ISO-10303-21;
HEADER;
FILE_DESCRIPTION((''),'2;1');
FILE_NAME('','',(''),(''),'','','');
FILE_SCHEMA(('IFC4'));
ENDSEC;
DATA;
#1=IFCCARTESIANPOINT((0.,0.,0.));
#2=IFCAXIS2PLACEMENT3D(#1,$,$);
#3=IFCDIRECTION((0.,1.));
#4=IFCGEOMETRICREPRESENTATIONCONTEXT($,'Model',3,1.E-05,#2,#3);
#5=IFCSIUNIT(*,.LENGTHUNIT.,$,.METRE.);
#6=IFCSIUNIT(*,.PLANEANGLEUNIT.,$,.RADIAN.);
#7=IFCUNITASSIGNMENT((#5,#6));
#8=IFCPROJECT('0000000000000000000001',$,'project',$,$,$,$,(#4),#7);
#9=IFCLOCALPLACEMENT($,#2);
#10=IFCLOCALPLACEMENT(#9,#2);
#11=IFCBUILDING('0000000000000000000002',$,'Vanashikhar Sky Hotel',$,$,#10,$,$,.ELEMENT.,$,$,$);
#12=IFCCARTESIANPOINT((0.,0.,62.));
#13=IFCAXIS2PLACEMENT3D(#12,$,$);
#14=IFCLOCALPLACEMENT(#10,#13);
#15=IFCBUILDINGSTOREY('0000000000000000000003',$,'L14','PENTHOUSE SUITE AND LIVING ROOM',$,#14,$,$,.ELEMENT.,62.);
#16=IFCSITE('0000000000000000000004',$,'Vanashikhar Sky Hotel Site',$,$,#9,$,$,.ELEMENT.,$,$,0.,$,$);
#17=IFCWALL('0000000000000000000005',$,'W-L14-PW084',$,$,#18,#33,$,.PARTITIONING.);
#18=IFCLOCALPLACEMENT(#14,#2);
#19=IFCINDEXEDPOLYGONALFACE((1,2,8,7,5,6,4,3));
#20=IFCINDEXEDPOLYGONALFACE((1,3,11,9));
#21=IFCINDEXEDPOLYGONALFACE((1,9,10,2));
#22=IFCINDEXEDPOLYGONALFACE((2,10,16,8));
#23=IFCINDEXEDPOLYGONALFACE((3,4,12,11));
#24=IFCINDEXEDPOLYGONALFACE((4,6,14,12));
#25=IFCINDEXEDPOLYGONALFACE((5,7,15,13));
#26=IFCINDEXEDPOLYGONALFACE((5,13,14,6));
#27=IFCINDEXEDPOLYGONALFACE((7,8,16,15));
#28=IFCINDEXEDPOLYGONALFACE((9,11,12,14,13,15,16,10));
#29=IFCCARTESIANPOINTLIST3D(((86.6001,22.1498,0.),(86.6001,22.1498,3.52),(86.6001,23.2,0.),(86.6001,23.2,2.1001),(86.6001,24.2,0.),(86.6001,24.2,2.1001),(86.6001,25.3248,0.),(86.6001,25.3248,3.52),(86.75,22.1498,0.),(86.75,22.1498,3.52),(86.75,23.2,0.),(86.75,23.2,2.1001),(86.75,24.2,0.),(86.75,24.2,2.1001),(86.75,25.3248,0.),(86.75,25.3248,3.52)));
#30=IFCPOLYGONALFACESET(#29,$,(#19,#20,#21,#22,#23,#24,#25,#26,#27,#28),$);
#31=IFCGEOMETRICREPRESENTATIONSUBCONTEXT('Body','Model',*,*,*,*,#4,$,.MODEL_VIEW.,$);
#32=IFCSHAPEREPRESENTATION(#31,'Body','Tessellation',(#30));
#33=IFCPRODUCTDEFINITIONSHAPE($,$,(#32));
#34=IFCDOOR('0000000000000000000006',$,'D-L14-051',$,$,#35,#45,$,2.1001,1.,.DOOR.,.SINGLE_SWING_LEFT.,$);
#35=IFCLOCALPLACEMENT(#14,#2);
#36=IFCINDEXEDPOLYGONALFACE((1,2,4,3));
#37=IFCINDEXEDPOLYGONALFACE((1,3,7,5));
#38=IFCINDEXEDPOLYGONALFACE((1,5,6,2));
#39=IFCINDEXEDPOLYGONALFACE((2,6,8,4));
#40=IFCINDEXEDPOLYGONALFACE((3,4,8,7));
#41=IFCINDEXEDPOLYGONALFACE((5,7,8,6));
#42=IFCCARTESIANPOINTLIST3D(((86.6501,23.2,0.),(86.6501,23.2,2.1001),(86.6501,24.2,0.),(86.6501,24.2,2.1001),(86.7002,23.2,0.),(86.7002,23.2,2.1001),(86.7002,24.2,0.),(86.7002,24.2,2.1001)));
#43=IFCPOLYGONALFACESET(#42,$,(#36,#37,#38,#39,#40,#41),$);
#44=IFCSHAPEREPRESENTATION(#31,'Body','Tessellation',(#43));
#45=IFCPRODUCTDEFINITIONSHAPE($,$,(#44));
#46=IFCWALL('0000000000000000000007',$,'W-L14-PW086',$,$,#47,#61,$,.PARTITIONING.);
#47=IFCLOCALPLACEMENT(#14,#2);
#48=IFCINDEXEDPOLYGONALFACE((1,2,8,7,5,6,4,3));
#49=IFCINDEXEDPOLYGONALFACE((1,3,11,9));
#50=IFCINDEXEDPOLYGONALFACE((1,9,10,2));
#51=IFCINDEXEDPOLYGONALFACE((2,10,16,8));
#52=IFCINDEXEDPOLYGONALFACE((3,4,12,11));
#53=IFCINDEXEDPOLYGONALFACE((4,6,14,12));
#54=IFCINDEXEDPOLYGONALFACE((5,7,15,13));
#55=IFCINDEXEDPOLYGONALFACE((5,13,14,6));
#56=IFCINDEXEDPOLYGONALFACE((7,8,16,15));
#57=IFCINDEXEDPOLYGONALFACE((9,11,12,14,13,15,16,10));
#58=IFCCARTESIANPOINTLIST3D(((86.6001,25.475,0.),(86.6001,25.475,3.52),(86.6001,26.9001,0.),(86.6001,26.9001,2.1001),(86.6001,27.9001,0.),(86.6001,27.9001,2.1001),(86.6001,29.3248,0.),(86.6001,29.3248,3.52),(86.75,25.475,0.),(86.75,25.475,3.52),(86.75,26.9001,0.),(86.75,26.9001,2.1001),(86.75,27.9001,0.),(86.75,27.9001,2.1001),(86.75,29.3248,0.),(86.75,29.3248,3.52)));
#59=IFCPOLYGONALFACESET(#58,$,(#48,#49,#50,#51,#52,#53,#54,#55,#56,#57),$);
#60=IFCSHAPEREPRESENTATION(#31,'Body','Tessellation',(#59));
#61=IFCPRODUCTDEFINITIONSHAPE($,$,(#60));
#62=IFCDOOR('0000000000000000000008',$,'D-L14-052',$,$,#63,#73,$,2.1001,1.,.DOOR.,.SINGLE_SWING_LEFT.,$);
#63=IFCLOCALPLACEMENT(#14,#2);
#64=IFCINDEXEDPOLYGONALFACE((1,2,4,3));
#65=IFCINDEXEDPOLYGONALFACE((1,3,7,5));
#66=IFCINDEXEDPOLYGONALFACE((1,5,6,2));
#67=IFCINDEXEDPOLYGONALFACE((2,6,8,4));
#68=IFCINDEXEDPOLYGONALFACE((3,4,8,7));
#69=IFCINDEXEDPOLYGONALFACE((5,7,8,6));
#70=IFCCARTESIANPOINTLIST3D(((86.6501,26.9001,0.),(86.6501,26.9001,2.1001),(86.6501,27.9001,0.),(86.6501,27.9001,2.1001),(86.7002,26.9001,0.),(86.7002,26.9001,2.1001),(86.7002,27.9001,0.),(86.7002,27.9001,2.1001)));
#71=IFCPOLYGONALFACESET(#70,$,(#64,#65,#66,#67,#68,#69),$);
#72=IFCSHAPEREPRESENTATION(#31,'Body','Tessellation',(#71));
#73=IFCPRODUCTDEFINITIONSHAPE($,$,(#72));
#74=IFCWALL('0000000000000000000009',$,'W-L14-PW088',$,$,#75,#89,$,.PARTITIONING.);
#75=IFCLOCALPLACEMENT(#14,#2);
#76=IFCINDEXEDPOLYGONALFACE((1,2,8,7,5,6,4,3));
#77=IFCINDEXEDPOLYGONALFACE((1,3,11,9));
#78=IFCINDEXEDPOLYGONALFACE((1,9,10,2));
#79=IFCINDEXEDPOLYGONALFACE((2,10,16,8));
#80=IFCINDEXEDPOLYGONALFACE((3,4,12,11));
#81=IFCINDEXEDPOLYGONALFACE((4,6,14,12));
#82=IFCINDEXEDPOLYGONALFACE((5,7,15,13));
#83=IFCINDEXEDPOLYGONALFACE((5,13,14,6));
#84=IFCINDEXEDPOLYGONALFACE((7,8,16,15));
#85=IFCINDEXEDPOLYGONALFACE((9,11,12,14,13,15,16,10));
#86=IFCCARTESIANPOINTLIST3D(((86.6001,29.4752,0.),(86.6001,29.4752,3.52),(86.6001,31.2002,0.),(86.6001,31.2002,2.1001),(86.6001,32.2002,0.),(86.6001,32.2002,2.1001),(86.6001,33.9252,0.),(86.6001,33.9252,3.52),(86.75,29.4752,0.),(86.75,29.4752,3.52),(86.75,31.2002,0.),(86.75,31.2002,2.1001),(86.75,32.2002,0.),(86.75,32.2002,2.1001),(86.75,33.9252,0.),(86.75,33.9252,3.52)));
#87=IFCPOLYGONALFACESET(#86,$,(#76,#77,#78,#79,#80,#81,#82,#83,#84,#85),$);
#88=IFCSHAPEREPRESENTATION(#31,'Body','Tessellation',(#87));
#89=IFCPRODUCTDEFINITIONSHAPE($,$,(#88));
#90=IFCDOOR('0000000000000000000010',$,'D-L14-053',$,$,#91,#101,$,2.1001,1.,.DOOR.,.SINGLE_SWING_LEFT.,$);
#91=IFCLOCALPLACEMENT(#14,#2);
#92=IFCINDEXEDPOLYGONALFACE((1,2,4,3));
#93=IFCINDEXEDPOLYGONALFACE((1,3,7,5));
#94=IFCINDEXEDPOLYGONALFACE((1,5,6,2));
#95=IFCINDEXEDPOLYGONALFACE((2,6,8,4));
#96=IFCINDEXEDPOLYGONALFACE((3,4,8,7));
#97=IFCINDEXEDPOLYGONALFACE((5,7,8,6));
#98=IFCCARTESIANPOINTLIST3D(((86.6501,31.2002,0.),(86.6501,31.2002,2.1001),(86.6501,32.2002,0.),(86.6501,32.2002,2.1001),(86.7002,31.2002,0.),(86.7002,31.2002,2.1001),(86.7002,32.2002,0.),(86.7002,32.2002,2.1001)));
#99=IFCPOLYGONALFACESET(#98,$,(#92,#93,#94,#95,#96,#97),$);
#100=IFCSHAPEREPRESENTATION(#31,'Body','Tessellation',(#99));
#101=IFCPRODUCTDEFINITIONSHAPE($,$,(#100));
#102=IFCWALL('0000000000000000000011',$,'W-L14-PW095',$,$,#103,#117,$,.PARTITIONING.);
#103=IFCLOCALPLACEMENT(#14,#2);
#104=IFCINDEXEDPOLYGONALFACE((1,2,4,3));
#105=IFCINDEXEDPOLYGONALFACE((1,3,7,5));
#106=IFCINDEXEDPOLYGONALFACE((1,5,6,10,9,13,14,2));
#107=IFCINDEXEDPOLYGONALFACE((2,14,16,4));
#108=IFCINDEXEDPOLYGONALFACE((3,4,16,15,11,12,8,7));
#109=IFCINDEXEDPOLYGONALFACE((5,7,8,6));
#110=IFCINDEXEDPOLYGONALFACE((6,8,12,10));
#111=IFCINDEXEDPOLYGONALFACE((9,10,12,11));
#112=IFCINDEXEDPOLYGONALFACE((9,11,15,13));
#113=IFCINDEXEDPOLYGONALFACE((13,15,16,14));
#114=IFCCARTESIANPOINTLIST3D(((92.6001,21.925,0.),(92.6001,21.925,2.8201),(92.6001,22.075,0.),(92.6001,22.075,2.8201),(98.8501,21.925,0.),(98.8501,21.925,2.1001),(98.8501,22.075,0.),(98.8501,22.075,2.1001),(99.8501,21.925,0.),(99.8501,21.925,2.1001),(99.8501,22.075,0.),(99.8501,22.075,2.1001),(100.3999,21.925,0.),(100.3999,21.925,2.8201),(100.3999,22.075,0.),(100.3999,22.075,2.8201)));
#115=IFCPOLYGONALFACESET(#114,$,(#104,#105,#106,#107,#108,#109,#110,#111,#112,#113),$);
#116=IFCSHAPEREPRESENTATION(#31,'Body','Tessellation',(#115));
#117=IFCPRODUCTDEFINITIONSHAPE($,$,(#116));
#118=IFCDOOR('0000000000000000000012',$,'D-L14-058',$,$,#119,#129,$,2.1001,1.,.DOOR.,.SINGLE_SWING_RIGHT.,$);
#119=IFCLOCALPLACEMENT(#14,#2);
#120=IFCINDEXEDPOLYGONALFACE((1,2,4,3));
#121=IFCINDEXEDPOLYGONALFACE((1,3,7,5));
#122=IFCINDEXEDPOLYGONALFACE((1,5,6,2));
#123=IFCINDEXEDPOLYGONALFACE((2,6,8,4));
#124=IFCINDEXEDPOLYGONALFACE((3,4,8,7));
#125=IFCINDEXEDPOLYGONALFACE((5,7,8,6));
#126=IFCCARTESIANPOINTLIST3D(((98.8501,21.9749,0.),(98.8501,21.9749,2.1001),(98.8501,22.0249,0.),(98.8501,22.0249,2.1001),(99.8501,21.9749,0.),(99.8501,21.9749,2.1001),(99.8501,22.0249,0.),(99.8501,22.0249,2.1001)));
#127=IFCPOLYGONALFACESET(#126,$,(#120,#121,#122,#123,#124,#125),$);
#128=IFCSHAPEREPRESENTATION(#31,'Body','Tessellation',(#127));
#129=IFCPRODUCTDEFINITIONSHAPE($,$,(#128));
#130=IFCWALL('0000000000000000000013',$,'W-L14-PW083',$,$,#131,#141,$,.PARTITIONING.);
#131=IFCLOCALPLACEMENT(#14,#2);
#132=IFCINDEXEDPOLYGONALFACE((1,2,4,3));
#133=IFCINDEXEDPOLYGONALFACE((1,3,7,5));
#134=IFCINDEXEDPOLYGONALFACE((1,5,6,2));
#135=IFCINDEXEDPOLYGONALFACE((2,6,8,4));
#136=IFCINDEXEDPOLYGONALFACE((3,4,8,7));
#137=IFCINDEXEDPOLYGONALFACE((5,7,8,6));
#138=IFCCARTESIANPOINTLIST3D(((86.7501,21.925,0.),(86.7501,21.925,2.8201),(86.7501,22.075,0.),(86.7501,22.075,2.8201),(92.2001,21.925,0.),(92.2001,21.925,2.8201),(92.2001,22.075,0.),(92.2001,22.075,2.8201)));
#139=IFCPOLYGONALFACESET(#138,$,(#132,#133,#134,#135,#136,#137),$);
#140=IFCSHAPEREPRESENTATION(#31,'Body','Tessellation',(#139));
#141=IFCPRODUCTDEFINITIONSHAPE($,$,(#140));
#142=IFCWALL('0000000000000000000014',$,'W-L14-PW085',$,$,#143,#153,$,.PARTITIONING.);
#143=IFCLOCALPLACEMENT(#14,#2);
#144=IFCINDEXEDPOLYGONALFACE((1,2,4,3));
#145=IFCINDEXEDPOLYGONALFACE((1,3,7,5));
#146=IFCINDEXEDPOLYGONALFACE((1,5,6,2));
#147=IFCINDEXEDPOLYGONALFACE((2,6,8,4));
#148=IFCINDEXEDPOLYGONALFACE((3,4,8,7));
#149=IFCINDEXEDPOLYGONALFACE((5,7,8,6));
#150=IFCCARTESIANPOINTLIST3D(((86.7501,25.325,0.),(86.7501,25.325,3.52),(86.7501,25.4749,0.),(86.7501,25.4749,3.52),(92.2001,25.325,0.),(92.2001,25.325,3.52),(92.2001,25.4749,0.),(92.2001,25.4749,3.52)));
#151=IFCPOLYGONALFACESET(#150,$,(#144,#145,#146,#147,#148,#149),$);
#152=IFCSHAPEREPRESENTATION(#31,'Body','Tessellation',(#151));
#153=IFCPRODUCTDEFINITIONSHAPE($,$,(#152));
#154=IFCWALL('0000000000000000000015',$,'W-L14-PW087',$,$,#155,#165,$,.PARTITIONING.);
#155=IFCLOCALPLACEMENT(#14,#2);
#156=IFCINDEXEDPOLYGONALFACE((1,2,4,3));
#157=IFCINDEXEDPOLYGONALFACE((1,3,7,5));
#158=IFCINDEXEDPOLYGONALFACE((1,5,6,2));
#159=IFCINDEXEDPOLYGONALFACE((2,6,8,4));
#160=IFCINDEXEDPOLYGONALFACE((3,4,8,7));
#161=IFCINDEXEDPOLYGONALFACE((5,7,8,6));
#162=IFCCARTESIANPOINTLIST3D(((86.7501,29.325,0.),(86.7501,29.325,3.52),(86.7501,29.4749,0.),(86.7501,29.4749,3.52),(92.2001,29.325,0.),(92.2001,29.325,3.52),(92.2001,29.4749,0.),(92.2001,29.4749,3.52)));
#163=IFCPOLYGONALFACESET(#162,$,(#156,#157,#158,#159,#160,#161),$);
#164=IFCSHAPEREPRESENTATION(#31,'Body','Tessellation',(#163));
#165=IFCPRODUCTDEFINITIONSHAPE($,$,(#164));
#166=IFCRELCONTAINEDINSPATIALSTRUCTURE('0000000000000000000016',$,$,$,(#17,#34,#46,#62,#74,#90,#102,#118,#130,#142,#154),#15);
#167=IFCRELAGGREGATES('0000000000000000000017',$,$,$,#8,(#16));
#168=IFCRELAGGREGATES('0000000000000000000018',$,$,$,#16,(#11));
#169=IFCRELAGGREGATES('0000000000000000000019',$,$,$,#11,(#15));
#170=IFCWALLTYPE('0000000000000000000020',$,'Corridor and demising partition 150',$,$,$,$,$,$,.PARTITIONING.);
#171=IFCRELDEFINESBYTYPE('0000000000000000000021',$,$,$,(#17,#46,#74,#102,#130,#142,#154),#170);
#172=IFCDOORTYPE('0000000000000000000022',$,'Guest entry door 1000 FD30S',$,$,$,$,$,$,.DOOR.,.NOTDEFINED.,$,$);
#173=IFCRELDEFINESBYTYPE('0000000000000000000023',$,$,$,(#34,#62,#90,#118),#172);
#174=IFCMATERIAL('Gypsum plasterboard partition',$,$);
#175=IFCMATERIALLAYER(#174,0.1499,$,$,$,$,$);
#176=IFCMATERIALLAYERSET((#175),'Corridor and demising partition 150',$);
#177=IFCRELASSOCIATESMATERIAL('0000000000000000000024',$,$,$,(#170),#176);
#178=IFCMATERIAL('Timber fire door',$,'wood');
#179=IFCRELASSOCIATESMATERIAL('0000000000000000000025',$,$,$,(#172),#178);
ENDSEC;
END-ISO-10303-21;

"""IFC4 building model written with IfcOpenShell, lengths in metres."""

from ifc_helpers import new_model, si_unit, direction, frame, frame_2d, origin, place, context, subcontext, project, spatial, rectangle, extrude, source, transform, mapped, material, layer, layer_set, type_object, element, fill, save


model = new_model("IFC4")

# Units and contexts
model_context = context("Model", 3, precision=1e-05, world=origin(), true_north=direction((0.0, 1.0)))
body_context = subcontext(model_context, "Body", "Model", "MODEL_VIEW")
ifc_project = project(units=[si_unit("LENGTHUNIT", "METRE"), si_unit("PLANEANGLEUNIT", "RADIAN")], contexts=[model_context])

# Site, building, storey
site_placement = place(None, origin())
site = spatial("IfcSite", under=ifc_project, at=site_placement, Name="Vanashikhar Sky Hotel Site", CompositionType="ELEMENT", RefElevation=0.0)
building_placement = place(site_placement, origin())
building = spatial("IfcBuilding", under=site, at=building_placement, Name="Vanashikhar Sky Hotel", CompositionType="ELEMENT")
storey_placement = place(building_placement, frame((0.0, 0.0, 62.0)))
storey = spatial("IfcBuildingStorey", under=building, at=storey_placement, Name="L14", Description="PENTHOUSE SUITE AND LIVING ROOM", CompositionType="ELEMENT", Elevation=62.0)

# Walls, openings, doors
ifc_material_1 = material(Name="Gypsum plasterboard partition")
ifc_layer_1 = layer(ifc_material_1, 0.1499)
ifc_layer_set_1 = layer_set([ifc_layer_1], Name="Corridor and demising partition 150")
wall_type_1 = type_object("IfcWallType", Name="Corridor and demising partition 150", PredefinedType="PARTITIONING", material=ifc_layer_set_1)
shared_shape_1 = source(origin(), body_context, "Body", "SweptSolid", [
    extrude(rectangle(XDim=3.175, YDim=0.1499, at=frame_2d((1.5874, 0.0))), origin(), (0.0, 0.0, 1.0), 3.52),
])
wall_1_placement = place(storey_placement, frame((86.675, 22.1499, 0.0), z_axis=(0.0, 0.0, 1.0), x_axis=(0.0, 1.0, 0.0)))
wall_1 = element("IfcWall", 1, at=wall_1_placement, inside=storey, type_object=wall_type_1, Name="W-L14-PW084", PredefinedType="PARTITIONING", context=body_context, shape_type="MappedRepresentation", body=[
    mapped(shared_shape_1, transform((0.0, 0.0, 0.0), scale=1.0)),
])
shared_shape_2 = source(origin(), body_context, "Body", "SweptSolid", [
    extrude(rectangle(XDim=1.0, YDim=2.1001, at=frame_2d((0.5, 1.05))), frame((0.0, 0.085, 0.0), z_axis=(0.0, -1.0, 0.0), x_axis=(1.0, 0.0, 0.0)), (0.0, 0.0, 1.0), 0.1699),
])
opening_1_placement = place(wall_1_placement, frame((1.05, 0.0, 0.0)))
opening_1 = element("IfcOpeningElement", 2, at=opening_1_placement, cuts=wall_1, PredefinedType="OPENING", context=body_context, shape_type="MappedRepresentation", body=[
    mapped(shared_shape_2, transform((0.0, 0.0, 0.0), scale=1.0)),
])
ifc_material_2 = material(Name="Timber fire door", Category="wood")
door_type_1 = type_object("IfcDoorType", Name="Guest entry door 1000 FD30S", OperationType="NOTDEFINED", PredefinedType="DOOR", material=ifc_material_2)
shared_shape_3 = source(origin(), body_context, "Body", "SweptSolid", [
    extrude(rectangle(XDim=1.0, YDim=2.1001, at=frame_2d((0.5, 1.05))), frame((0.0, 0.0249, 0.0), z_axis=(0.0, -1.0, 0.0), x_axis=(1.0, 0.0, 0.0)), (0.0, 0.0, 1.0), 0.05),
])
door_1_placement = place(opening_1_placement, origin())
door_1 = element("IfcDoor", 3, at=door_1_placement, inside=storey, type_object=door_type_1, Name="D-L14-051", OperationType="SINGLE_SWING_LEFT", OverallHeight=2.1001, OverallWidth=1.0, PredefinedType="DOOR", context=body_context, shape_type="MappedRepresentation", body=[
    mapped(shared_shape_3, transform((0.0, 0.0, 0.0), scale=1.0)),
])
fill(opening_1, door_1)
shared_shape_4 = source(origin(), body_context, "Body", "SweptSolid", [
    extrude(rectangle(XDim=3.8499, YDim=0.1499, at=frame_2d((1.9248, 0.0))), origin(), (0.0, 0.0, 1.0), 3.52),
])
wall_2_placement = place(storey_placement, frame((86.675, 25.4751, 0.0), z_axis=(0.0, 0.0, 1.0), x_axis=(0.0, 1.0, 0.0)))
wall_2 = element("IfcWall", 4, at=wall_2_placement, inside=storey, type_object=wall_type_1, Name="W-L14-PW086", PredefinedType="PARTITIONING", context=body_context, shape_type="MappedRepresentation", body=[
    mapped(shared_shape_4, transform((0.0, 0.0, 0.0), scale=1.0)),
])
opening_2_placement = place(wall_2_placement, frame((1.425, 0.0, 0.0)))
opening_2 = element("IfcOpeningElement", 5, at=opening_2_placement, cuts=wall_2, PredefinedType="OPENING", context=body_context, shape_type="MappedRepresentation", body=[
    mapped(shared_shape_2, transform((0.0, 0.0, 0.0), scale=1.0)),
])
door_2_placement = place(opening_2_placement, origin())
door_2 = element("IfcDoor", 6, at=door_2_placement, inside=storey, type_object=door_type_1, Name="D-L14-052", OperationType="SINGLE_SWING_LEFT", OverallHeight=2.1001, OverallWidth=1.0, PredefinedType="DOOR", context=body_context, shape_type="MappedRepresentation", body=[
    mapped(shared_shape_3, transform((0.0, 0.0, 0.0), scale=1.0)),
])
fill(opening_2, door_2)
shared_shape_5 = source(origin(), body_context, "Body", "SweptSolid", [
    extrude(rectangle(XDim=4.45, YDim=0.1499, at=frame_2d((2.2251, 0.0))), origin(), (0.0, 0.0, 1.0), 3.52),
])
wall_3_placement = place(storey_placement, frame((86.675, 29.4751, 0.0), z_axis=(0.0, 0.0, 1.0), x_axis=(0.0, 1.0, 0.0)))
wall_3 = element("IfcWall", 7, at=wall_3_placement, inside=storey, type_object=wall_type_1, Name="W-L14-PW088", PredefinedType="PARTITIONING", context=body_context, shape_type="MappedRepresentation", body=[
    mapped(shared_shape_5, transform((0.0, 0.0, 0.0), scale=1.0)),
])
opening_3_placement = place(wall_3_placement, frame((1.7251, 0.0, 0.0)))
opening_3 = element("IfcOpeningElement", 8, at=opening_3_placement, cuts=wall_3, PredefinedType="OPENING", context=body_context, shape_type="MappedRepresentation", body=[
    mapped(shared_shape_2, transform((0.0, 0.0, 0.0), scale=1.0)),
])
door_3_placement = place(opening_3_placement, origin())
door_3 = element("IfcDoor", 9, at=door_3_placement, inside=storey, type_object=door_type_1, Name="D-L14-053", OperationType="SINGLE_SWING_LEFT", OverallHeight=2.1001, OverallWidth=1.0, PredefinedType="DOOR", context=body_context, shape_type="MappedRepresentation", body=[
    mapped(shared_shape_3, transform((0.0, 0.0, 0.0), scale=1.0)),
])
fill(opening_3, door_3)
shared_shape_6 = source(origin(), body_context, "Body", "SweptSolid", [
    extrude(rectangle(XDim=7.7998, YDim=0.1499, at=frame_2d((3.8999, 0.0))), origin(), (0.0, 0.0, 1.0), 2.8201),
])
wall_4_placement = place(storey_placement, frame((92.6001, 22.0, 0.0), z_axis=(0.0, 0.0, 1.0), x_axis=(1.0, 0.0, 0.0)))
wall_4 = element("IfcWall", 10, at=wall_4_placement, inside=storey, type_object=wall_type_1, Name="W-L14-PW095", PredefinedType="PARTITIONING", context=body_context, shape_type="MappedRepresentation", body=[
    mapped(shared_shape_6, transform((0.0, 0.0, 0.0), scale=1.0)),
])
opening_4_placement = place(wall_4_placement, frame((6.25, 0.0, 0.0)))
opening_4 = element("IfcOpeningElement", 11, at=opening_4_placement, cuts=wall_4, PredefinedType="OPENING", context=body_context, shape_type="MappedRepresentation", body=[
    mapped(shared_shape_2, transform((0.0, 0.0, 0.0), scale=1.0)),
])
door_4_placement = place(opening_4_placement, origin())
door_4 = element("IfcDoor", 12, at=door_4_placement, inside=storey, type_object=door_type_1, Name="D-L14-058", OperationType="SINGLE_SWING_RIGHT", OverallHeight=2.1001, OverallWidth=1.0, PredefinedType="DOOR", context=body_context, shape_type="MappedRepresentation", body=[
    mapped(shared_shape_3, transform((0.0, 0.0, 0.0), scale=1.0)),
])
fill(opening_4, door_4)

# Walls
shared_shape_7 = source(origin(), body_context, "Body", "SweptSolid", [
    extrude(rectangle(XDim=5.45, YDim=0.1499, at=frame_2d((2.7251, 0.0))), origin(), (0.0, 0.0, 1.0), 2.8201),
])
wall_5_placement = place(storey_placement, frame((86.75, 22.0, 0.0), z_axis=(0.0, 0.0, 1.0), x_axis=(1.0, 0.0, 0.0)))
element("IfcWall", 13, at=wall_5_placement, inside=storey, type_object=wall_type_1, Name="W-L14-PW083", PredefinedType="PARTITIONING", context=body_context, shape_type="MappedRepresentation", body=[
    mapped(shared_shape_7, transform((0.0, 0.0, 0.0), scale=1.0)),
])
shared_shape_8 = source(origin(), body_context, "Body", "SweptSolid", [
    extrude(rectangle(XDim=5.45, YDim=0.1499, at=frame_2d((2.7251, 0.0))), origin(), (0.0, 0.0, 1.0), 3.52),
])
for number, where, z_axis, x_axis, name in (
    (14, (86.75, 25.3999, 0.0), (0.0, 0.0, 1.0), (1.0, 0.0, 0.0), "W-L14-PW085"),
    (15, (86.75, 29.3999, 0.0), (0.0, 0.0, 1.0), (1.0, 0.0, 0.0), "W-L14-PW087"),
):
    element("IfcWall", number, at=place(storey_placement, frame(where, z_axis=z_axis, x_axis=x_axis)), inside=storey, type_object=wall_type_1, Name=name, PredefinedType="PARTITIONING", context=body_context, shape_type="MappedRepresentation", body=[
        mapped(shared_shape_8, transform((0.0, 0.0, 0.0), scale=1.0)),
    ])

save(model, "model.ifc")
